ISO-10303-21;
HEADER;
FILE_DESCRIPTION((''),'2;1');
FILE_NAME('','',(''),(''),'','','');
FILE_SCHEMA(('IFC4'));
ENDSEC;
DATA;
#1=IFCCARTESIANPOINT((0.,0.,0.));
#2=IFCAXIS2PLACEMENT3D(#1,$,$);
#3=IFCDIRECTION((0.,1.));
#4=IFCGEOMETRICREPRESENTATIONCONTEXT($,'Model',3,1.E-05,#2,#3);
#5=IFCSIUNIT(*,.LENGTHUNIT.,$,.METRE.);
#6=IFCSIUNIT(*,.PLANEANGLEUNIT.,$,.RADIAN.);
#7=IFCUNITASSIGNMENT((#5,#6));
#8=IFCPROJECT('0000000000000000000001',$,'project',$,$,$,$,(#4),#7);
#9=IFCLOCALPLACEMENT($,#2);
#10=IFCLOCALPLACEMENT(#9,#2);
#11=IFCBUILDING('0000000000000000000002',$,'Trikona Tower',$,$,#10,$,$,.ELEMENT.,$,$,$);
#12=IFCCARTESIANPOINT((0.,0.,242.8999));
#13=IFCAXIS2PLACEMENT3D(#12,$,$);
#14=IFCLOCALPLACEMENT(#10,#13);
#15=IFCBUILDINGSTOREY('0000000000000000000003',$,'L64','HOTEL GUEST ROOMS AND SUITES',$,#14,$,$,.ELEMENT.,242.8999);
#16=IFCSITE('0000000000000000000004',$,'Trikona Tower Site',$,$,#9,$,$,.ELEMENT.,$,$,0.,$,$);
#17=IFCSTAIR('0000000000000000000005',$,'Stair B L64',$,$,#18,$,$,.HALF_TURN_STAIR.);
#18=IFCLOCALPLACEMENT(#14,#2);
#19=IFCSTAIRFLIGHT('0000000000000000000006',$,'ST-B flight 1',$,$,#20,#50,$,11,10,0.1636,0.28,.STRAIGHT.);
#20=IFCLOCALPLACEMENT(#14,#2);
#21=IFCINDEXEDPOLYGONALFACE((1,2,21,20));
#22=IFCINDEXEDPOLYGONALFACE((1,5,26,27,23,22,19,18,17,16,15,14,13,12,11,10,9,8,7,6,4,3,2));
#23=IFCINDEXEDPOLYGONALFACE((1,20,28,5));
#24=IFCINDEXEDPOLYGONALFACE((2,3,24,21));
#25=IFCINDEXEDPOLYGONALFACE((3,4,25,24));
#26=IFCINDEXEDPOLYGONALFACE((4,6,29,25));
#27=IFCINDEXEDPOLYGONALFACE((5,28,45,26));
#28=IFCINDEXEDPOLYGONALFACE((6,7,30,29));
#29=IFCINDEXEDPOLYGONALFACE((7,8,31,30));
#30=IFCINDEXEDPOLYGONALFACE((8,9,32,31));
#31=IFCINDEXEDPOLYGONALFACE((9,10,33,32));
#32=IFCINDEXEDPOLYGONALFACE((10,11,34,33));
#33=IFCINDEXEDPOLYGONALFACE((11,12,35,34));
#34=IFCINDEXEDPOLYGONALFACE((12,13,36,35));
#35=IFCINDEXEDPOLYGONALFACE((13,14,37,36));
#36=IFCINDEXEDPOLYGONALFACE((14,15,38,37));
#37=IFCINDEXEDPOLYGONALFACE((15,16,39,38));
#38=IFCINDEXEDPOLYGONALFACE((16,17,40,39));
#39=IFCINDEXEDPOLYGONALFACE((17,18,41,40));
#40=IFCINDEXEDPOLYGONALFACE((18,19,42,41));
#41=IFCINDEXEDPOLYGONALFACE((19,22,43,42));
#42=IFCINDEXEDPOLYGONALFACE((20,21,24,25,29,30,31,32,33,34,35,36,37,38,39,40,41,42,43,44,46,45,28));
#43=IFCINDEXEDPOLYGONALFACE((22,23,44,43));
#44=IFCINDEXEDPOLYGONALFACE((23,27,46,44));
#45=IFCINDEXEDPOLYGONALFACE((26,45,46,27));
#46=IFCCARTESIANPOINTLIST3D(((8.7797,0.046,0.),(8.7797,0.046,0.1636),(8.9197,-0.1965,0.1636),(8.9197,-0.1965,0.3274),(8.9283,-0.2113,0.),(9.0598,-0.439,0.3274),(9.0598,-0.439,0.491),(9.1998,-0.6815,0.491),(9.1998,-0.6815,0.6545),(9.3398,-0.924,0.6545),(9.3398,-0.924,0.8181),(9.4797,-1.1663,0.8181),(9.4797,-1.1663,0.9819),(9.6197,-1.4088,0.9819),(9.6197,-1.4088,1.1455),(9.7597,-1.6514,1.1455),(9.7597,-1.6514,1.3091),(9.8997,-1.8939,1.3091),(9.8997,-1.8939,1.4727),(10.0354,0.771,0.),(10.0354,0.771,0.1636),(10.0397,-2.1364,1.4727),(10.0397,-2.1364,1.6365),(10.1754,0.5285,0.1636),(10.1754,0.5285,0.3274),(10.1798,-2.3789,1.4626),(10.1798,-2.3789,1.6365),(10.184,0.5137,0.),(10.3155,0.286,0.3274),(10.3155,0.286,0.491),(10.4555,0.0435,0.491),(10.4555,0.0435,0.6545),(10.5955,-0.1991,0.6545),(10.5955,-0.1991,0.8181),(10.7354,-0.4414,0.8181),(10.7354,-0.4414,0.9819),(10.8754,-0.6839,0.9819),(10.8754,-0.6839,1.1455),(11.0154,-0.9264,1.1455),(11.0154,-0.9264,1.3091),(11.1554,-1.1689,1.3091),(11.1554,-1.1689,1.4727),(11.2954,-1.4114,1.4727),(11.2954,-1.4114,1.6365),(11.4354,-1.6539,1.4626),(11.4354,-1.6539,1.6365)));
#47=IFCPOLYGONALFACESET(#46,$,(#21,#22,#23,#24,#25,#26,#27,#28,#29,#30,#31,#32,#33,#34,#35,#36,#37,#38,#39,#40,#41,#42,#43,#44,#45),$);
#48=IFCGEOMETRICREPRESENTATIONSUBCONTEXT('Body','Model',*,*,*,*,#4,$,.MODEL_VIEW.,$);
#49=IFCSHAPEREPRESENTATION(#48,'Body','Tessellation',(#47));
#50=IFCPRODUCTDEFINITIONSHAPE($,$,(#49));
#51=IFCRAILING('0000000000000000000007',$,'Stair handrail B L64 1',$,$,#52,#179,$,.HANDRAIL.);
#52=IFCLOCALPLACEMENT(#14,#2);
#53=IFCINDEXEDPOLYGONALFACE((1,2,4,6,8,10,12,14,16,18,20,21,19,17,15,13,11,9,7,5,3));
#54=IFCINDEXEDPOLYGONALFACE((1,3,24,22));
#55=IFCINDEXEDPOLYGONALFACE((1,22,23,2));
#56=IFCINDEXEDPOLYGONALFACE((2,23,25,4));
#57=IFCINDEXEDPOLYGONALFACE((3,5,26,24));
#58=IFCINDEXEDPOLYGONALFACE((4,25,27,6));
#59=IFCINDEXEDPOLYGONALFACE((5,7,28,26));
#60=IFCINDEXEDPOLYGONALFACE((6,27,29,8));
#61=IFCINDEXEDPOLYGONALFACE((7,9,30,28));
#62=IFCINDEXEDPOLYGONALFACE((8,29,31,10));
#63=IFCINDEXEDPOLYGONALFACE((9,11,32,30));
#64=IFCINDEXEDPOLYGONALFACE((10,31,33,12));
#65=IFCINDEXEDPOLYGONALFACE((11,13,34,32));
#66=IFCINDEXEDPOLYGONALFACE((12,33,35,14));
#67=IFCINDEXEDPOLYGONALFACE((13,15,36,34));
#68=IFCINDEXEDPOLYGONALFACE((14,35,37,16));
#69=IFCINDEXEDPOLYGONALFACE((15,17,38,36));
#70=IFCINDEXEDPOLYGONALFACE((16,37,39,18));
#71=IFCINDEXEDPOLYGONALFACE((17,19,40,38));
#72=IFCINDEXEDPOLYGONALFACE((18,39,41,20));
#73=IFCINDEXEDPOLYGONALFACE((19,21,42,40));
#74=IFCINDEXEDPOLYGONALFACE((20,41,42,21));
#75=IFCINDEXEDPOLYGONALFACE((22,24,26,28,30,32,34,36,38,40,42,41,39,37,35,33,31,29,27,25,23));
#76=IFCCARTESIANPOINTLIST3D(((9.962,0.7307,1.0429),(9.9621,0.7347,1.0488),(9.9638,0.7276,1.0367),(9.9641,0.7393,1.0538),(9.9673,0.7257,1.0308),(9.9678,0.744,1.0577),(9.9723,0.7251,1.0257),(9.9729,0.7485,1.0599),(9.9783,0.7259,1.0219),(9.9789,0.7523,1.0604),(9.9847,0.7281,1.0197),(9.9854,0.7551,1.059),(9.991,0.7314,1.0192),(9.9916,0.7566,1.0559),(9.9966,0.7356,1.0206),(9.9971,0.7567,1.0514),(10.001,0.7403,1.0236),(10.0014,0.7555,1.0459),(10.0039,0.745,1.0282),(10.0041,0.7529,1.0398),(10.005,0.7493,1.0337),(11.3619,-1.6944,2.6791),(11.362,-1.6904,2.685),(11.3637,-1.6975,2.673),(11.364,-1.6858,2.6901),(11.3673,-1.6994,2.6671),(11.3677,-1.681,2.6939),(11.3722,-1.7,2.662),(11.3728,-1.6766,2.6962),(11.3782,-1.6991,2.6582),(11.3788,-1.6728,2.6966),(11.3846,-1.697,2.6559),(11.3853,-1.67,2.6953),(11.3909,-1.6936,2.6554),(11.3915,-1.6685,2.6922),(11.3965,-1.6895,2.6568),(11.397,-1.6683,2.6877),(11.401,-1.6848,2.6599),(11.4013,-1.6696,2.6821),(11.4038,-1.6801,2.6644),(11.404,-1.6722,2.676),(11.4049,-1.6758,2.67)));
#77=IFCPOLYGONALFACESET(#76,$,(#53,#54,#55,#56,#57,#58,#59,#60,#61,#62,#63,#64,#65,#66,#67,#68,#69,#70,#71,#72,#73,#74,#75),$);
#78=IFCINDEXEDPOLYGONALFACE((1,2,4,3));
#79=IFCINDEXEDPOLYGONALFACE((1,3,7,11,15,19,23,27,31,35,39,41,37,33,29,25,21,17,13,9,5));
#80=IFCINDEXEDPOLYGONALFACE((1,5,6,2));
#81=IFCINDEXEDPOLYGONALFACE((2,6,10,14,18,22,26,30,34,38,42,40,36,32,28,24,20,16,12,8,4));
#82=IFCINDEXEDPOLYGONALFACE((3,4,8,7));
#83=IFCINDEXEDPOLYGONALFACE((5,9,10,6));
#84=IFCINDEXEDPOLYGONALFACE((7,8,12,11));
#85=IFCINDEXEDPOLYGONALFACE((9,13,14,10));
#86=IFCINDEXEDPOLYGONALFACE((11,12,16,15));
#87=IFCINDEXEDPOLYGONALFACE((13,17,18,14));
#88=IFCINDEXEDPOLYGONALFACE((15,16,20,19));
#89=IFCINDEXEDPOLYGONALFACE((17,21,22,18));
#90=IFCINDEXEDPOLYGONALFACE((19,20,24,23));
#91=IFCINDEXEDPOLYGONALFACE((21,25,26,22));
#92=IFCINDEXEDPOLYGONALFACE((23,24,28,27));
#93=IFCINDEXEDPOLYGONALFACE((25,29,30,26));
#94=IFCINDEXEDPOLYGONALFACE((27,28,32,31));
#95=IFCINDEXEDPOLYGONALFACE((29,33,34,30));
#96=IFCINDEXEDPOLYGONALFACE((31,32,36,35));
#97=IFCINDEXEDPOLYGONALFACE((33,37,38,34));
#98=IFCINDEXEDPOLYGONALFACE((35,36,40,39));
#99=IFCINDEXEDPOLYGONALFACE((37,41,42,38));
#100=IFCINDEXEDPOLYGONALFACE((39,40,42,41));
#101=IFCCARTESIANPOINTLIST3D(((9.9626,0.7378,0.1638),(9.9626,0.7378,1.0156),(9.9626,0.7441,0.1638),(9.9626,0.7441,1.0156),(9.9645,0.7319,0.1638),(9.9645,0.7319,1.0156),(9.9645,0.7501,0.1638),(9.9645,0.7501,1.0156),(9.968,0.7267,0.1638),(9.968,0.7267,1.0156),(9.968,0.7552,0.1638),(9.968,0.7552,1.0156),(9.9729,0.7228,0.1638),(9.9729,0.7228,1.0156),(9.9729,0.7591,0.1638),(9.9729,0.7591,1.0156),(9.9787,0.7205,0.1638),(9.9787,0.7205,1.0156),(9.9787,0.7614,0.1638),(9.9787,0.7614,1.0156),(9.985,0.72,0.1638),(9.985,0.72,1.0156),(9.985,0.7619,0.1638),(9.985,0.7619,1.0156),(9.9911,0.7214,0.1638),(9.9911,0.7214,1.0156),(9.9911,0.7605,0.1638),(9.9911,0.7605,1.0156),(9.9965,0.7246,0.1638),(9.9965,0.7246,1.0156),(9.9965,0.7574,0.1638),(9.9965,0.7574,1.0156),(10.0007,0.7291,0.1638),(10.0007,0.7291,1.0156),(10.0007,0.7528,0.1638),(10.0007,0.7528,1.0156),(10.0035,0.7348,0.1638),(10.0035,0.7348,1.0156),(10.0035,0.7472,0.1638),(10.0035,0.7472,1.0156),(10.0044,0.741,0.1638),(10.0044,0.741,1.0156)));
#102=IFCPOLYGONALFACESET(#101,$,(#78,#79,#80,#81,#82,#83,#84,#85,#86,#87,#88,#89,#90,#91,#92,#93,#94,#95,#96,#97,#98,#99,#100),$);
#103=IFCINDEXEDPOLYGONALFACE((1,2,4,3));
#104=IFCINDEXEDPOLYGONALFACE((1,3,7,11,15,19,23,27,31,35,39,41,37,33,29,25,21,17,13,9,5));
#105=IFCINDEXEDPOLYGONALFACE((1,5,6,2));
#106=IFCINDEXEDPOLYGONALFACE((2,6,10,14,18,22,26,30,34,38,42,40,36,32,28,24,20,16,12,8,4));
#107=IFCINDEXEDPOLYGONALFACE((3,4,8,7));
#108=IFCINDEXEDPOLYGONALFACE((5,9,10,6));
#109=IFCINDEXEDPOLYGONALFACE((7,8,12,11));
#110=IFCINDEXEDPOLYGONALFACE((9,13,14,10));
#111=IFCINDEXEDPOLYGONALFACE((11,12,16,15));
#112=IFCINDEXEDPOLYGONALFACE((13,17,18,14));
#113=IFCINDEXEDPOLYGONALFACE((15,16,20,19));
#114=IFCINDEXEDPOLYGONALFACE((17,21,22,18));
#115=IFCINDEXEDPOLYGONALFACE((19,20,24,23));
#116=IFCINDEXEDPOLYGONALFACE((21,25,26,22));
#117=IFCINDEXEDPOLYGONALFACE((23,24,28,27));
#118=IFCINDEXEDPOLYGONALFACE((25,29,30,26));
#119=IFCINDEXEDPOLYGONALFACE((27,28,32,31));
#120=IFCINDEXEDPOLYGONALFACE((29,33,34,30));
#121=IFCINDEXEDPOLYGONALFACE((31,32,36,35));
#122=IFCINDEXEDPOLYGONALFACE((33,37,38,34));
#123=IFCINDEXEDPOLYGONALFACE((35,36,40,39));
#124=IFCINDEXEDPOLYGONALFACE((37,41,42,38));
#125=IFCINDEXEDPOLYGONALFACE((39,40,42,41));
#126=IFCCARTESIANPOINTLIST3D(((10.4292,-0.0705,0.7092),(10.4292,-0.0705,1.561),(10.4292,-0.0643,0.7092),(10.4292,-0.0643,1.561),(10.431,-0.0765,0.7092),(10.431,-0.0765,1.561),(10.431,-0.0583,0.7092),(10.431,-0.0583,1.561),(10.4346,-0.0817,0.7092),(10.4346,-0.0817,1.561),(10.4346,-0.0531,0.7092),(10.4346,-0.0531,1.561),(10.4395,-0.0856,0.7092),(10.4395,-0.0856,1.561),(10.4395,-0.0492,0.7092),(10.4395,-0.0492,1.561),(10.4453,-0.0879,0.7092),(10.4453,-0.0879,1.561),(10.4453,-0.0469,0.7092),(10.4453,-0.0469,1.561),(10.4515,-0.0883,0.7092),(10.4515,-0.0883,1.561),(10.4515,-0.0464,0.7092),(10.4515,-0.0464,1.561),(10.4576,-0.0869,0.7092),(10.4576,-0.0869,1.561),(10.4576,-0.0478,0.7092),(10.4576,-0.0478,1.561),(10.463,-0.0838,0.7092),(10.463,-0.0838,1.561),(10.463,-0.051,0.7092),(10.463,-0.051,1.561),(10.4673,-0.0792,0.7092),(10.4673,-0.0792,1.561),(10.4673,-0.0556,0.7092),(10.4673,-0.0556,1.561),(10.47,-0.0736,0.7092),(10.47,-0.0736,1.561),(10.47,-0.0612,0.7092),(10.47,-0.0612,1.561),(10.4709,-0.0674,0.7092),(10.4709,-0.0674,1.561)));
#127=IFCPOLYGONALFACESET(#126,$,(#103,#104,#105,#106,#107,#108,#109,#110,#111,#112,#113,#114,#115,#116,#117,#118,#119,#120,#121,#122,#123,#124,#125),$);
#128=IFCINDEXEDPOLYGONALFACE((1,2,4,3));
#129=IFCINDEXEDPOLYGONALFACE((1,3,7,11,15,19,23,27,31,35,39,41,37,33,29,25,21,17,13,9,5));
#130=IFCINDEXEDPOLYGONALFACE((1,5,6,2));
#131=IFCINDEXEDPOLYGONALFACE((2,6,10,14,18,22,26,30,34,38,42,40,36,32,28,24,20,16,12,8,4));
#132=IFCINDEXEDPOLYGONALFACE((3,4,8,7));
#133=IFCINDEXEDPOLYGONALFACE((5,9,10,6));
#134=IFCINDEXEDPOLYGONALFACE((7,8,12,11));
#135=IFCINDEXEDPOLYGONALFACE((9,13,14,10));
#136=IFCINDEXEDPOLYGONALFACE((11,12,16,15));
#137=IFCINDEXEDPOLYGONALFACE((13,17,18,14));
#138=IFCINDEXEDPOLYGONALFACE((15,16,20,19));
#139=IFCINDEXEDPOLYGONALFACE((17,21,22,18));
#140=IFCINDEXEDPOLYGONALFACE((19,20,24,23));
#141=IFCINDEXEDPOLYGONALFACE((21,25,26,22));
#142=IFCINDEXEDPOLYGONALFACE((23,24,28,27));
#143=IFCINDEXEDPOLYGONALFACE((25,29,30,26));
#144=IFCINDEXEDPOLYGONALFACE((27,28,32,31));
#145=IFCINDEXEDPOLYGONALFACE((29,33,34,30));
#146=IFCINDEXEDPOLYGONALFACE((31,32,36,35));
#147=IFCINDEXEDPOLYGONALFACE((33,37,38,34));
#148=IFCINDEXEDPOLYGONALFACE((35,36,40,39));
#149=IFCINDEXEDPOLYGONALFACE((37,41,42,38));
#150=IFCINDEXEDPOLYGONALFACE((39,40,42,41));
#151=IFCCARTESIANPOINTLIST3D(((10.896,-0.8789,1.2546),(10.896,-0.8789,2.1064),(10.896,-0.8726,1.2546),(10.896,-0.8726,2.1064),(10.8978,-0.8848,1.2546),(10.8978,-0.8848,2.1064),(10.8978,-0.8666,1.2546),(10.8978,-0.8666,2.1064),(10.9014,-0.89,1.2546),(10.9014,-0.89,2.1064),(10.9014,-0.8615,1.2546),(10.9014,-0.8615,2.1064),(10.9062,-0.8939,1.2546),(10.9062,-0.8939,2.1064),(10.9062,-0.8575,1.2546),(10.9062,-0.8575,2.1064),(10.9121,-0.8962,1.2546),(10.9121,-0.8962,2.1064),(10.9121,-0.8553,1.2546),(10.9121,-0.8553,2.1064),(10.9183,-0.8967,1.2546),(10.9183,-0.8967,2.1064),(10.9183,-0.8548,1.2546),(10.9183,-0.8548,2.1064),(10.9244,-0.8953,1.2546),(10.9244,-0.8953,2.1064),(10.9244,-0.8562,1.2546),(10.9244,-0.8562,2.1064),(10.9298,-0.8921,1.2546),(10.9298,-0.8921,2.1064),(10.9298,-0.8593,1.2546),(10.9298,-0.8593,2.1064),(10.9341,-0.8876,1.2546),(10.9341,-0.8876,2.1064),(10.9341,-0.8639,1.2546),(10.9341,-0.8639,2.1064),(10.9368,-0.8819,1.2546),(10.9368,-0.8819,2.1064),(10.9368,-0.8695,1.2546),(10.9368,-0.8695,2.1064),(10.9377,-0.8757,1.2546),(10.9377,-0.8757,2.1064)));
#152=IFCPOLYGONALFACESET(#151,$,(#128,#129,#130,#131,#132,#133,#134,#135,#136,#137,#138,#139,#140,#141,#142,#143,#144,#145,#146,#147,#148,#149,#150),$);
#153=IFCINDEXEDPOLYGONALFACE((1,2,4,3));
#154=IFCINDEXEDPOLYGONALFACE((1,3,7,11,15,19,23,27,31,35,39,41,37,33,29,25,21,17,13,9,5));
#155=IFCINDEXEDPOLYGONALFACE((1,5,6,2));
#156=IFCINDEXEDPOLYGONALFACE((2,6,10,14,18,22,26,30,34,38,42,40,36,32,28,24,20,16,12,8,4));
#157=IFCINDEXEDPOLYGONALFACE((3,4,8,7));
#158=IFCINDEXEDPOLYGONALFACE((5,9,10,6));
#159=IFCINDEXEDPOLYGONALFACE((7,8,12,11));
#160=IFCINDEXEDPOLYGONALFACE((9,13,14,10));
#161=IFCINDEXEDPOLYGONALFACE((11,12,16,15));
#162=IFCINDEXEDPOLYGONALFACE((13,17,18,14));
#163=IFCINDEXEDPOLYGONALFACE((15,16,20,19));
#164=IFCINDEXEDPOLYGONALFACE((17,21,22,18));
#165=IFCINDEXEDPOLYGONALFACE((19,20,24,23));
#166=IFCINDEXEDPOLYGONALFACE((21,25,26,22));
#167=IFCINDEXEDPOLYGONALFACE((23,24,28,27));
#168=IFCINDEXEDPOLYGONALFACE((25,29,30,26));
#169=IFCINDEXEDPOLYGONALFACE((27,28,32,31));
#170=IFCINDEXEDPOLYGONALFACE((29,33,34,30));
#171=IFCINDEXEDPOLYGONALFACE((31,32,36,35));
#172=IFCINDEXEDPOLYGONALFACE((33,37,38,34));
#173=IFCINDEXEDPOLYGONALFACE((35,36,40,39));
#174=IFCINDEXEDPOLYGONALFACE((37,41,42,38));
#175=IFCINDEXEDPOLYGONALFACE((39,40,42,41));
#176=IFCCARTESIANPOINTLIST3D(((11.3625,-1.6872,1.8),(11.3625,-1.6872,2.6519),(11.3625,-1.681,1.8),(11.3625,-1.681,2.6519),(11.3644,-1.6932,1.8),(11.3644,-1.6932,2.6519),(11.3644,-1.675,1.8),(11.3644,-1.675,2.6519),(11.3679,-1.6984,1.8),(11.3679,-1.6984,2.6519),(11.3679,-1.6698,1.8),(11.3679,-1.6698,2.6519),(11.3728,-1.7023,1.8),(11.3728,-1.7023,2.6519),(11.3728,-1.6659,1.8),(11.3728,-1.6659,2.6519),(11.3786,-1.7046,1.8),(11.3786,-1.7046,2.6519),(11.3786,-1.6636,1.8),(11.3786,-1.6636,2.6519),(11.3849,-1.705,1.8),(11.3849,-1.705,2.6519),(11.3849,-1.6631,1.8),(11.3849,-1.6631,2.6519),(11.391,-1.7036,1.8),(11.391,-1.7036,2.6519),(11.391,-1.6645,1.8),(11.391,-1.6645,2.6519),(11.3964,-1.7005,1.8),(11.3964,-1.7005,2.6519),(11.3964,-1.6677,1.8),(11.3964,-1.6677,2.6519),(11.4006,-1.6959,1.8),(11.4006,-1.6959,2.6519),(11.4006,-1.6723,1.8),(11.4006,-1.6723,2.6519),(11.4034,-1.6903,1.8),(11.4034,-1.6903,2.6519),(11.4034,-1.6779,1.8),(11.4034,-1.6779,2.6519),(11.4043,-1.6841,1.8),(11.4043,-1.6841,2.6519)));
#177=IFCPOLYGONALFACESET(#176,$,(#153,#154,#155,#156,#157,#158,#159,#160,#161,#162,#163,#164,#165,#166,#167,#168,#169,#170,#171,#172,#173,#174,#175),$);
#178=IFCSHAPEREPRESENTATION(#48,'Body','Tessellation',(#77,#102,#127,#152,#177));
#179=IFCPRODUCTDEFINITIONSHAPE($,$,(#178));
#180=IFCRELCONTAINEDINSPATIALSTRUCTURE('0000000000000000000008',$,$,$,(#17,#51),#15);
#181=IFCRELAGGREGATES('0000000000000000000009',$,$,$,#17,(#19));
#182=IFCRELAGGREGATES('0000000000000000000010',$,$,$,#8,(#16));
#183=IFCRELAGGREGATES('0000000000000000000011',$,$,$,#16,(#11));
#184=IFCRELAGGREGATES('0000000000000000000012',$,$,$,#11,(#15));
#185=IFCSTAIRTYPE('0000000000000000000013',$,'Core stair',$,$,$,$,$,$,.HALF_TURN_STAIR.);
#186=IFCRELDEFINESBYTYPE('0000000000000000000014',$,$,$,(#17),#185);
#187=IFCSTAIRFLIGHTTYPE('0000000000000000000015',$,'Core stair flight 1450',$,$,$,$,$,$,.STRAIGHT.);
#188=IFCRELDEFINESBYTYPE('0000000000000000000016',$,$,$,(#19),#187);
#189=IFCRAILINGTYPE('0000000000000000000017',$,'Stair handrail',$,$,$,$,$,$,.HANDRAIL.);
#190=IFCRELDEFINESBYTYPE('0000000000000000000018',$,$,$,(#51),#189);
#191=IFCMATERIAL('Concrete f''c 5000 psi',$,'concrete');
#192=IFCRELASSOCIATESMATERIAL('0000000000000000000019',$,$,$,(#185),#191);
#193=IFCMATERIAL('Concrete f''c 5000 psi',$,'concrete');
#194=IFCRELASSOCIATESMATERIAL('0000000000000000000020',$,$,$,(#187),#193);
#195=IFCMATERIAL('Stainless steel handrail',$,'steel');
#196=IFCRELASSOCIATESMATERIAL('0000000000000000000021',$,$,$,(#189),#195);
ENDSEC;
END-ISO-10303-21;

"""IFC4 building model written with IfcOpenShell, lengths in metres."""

from ifc_helpers import new_model, si_unit, direction, frame, origin, origin_2d, place, context, subcontext, project, spatial, polyline, circle, outline, extrude, material, type_object, element, aggregate, save


model = new_model("IFC4")

# Units and contexts
model_context = context("Model", 3, precision=1e-05, world=origin(), true_north=direction((0.0, 1.0)))
body_context = subcontext(model_context, "Body", "Model", "MODEL_VIEW")
ifc_project = project(units=[si_unit("LENGTHUNIT", "METRE"), si_unit("PLANEANGLEUNIT", "RADIAN")], contexts=[model_context])

# Site, building, storey
site_placement = place(None, origin())
site = spatial("IfcSite", under=ifc_project, at=site_placement, Name="Trikona Tower Site", CompositionType="ELEMENT", RefElevation=0.0)
building_placement = place(site_placement, origin())
building = spatial("IfcBuilding", under=site, at=building_placement, Name="Trikona Tower", CompositionType="ELEMENT")
storey_placement = place(building_placement, frame((0.0, 0.0, 242.8999)))
storey = spatial("IfcBuildingStorey", under=building, at=storey_placement, Name="L64", Description="HOTEL GUEST ROOMS AND SUITES", CompositionType="ELEMENT", Elevation=242.8999)

# Stair
ifc_material_1 = material(Name="Concrete f'c 5000 psi", Category="concrete")
stair_type = type_object("IfcStairType", Name="Core stair", PredefinedType="HALF_TURN_STAIR", material=ifc_material_1)
stair_1_placement = place(storey_placement, origin())
stair_1 = element("IfcStair", 1, at=stair_1_placement, inside=storey, type_object=stair_type, Name="Stair B L64", PredefinedType="HALF_TURN_STAIR")

# Stair flight
ifc_material_2 = material(Name="Concrete f'c 5000 psi", Category="concrete")
stair_flight_type = type_object("IfcStairFlightType", Name="Core stair flight 1450", PredefinedType="STRAIGHT", material=ifc_material_2)
stair_flight_placement = place(storey_placement, frame((9.4075, 0.4084, 0.0), z_axis=(0.0, 0.0, 1.0), x_axis=(0.5, -0.866025, 0.0)))
stair_flight = element("IfcStairFlight", 2, at=stair_flight_placement, type_object=stair_flight_type, Name="ST-B flight 1", NumberOfRisers=11, NumberOfTreads=10, PredefinedType="STRAIGHT", RiserHeight=0.1636, TreadLength=0.28, context=body_context, shape_type="SweptSolid", body=[
    extrude(outline(polyline([(0.0, 0.0), (0.0, 0.1636), (0.28, 0.1636), (0.28, 0.3274), (0.5601, 0.3274), (0.5601, 0.491), (0.8401, 0.491), (0.8401, 0.6545), (1.1201, 0.6545), (1.1201, 0.8181), (1.3999, 0.8181), (1.3999, 0.9819), (1.6799, 0.9819), (1.6799, 1.1455), (1.96, 1.1455), (1.96, 1.3091), (2.24, 1.3091), (2.24, 1.4727), (2.52, 1.4727), (2.52, 1.6365), (2.8, 1.6365), (2.8, 1.8), (2.8, 1.4626), (0.2971, 0.0), (0.0, 0.0)])), frame((0.0, 0.7251, 0.0), z_axis=(0.0, -1.0, 0.0), x_axis=(1.0, 0.0, 0.0)), (0.0, 0.0, 1.0), 1.45),
])
aggregate(stair_1, [stair_flight])

# Railing
ifc_material_3 = material(Name="Stainless steel handrail", Category="steel")
railing_type = type_object("IfcRailingType", Name="Stair handrail", PredefinedType="HANDRAIL", material=ifc_material_3)
railing_placement = place(storey_placement, frame((9.9834, 0.741, 0.1638)))
element("IfcRailing", 3, at=railing_placement, inside=storey, type_object=railing_type, Name="Stair handrail B L64 1", PredefinedType="HANDRAIL", context=body_context, shape_type="SweptSolid", body=[
    extrude(circle(Radius=0.0239, at=origin_2d()), frame((0.0, 0.0, 0.876), z_axis=(0.431653, -0.747751, 0.504523), x_axis=(0.866056, 0.499946, 0.0)), (0.0, 0.0, 1.0), 3.2432),
    extrude(circle(Radius=0.021, at=origin_2d()), origin(), (0.0, 0.0, 1.0), 0.8518),
    extrude(circle(Radius=0.021, at=origin_2d()), frame((0.4666, -0.8083, 0.5454)), (0.0, 0.0, 1.0), 0.8518),
    extrude(circle(Radius=0.021, at=origin_2d()), frame((0.9333, -1.6167, 1.0908)), (0.0, 0.0, 1.0), 0.8518),
    extrude(circle(Radius=0.021, at=origin_2d()), frame((1.3999, -2.425, 1.6362)), (0.0, 0.0, 1.0), 0.8518),
])

save(model, "model.ifc")
